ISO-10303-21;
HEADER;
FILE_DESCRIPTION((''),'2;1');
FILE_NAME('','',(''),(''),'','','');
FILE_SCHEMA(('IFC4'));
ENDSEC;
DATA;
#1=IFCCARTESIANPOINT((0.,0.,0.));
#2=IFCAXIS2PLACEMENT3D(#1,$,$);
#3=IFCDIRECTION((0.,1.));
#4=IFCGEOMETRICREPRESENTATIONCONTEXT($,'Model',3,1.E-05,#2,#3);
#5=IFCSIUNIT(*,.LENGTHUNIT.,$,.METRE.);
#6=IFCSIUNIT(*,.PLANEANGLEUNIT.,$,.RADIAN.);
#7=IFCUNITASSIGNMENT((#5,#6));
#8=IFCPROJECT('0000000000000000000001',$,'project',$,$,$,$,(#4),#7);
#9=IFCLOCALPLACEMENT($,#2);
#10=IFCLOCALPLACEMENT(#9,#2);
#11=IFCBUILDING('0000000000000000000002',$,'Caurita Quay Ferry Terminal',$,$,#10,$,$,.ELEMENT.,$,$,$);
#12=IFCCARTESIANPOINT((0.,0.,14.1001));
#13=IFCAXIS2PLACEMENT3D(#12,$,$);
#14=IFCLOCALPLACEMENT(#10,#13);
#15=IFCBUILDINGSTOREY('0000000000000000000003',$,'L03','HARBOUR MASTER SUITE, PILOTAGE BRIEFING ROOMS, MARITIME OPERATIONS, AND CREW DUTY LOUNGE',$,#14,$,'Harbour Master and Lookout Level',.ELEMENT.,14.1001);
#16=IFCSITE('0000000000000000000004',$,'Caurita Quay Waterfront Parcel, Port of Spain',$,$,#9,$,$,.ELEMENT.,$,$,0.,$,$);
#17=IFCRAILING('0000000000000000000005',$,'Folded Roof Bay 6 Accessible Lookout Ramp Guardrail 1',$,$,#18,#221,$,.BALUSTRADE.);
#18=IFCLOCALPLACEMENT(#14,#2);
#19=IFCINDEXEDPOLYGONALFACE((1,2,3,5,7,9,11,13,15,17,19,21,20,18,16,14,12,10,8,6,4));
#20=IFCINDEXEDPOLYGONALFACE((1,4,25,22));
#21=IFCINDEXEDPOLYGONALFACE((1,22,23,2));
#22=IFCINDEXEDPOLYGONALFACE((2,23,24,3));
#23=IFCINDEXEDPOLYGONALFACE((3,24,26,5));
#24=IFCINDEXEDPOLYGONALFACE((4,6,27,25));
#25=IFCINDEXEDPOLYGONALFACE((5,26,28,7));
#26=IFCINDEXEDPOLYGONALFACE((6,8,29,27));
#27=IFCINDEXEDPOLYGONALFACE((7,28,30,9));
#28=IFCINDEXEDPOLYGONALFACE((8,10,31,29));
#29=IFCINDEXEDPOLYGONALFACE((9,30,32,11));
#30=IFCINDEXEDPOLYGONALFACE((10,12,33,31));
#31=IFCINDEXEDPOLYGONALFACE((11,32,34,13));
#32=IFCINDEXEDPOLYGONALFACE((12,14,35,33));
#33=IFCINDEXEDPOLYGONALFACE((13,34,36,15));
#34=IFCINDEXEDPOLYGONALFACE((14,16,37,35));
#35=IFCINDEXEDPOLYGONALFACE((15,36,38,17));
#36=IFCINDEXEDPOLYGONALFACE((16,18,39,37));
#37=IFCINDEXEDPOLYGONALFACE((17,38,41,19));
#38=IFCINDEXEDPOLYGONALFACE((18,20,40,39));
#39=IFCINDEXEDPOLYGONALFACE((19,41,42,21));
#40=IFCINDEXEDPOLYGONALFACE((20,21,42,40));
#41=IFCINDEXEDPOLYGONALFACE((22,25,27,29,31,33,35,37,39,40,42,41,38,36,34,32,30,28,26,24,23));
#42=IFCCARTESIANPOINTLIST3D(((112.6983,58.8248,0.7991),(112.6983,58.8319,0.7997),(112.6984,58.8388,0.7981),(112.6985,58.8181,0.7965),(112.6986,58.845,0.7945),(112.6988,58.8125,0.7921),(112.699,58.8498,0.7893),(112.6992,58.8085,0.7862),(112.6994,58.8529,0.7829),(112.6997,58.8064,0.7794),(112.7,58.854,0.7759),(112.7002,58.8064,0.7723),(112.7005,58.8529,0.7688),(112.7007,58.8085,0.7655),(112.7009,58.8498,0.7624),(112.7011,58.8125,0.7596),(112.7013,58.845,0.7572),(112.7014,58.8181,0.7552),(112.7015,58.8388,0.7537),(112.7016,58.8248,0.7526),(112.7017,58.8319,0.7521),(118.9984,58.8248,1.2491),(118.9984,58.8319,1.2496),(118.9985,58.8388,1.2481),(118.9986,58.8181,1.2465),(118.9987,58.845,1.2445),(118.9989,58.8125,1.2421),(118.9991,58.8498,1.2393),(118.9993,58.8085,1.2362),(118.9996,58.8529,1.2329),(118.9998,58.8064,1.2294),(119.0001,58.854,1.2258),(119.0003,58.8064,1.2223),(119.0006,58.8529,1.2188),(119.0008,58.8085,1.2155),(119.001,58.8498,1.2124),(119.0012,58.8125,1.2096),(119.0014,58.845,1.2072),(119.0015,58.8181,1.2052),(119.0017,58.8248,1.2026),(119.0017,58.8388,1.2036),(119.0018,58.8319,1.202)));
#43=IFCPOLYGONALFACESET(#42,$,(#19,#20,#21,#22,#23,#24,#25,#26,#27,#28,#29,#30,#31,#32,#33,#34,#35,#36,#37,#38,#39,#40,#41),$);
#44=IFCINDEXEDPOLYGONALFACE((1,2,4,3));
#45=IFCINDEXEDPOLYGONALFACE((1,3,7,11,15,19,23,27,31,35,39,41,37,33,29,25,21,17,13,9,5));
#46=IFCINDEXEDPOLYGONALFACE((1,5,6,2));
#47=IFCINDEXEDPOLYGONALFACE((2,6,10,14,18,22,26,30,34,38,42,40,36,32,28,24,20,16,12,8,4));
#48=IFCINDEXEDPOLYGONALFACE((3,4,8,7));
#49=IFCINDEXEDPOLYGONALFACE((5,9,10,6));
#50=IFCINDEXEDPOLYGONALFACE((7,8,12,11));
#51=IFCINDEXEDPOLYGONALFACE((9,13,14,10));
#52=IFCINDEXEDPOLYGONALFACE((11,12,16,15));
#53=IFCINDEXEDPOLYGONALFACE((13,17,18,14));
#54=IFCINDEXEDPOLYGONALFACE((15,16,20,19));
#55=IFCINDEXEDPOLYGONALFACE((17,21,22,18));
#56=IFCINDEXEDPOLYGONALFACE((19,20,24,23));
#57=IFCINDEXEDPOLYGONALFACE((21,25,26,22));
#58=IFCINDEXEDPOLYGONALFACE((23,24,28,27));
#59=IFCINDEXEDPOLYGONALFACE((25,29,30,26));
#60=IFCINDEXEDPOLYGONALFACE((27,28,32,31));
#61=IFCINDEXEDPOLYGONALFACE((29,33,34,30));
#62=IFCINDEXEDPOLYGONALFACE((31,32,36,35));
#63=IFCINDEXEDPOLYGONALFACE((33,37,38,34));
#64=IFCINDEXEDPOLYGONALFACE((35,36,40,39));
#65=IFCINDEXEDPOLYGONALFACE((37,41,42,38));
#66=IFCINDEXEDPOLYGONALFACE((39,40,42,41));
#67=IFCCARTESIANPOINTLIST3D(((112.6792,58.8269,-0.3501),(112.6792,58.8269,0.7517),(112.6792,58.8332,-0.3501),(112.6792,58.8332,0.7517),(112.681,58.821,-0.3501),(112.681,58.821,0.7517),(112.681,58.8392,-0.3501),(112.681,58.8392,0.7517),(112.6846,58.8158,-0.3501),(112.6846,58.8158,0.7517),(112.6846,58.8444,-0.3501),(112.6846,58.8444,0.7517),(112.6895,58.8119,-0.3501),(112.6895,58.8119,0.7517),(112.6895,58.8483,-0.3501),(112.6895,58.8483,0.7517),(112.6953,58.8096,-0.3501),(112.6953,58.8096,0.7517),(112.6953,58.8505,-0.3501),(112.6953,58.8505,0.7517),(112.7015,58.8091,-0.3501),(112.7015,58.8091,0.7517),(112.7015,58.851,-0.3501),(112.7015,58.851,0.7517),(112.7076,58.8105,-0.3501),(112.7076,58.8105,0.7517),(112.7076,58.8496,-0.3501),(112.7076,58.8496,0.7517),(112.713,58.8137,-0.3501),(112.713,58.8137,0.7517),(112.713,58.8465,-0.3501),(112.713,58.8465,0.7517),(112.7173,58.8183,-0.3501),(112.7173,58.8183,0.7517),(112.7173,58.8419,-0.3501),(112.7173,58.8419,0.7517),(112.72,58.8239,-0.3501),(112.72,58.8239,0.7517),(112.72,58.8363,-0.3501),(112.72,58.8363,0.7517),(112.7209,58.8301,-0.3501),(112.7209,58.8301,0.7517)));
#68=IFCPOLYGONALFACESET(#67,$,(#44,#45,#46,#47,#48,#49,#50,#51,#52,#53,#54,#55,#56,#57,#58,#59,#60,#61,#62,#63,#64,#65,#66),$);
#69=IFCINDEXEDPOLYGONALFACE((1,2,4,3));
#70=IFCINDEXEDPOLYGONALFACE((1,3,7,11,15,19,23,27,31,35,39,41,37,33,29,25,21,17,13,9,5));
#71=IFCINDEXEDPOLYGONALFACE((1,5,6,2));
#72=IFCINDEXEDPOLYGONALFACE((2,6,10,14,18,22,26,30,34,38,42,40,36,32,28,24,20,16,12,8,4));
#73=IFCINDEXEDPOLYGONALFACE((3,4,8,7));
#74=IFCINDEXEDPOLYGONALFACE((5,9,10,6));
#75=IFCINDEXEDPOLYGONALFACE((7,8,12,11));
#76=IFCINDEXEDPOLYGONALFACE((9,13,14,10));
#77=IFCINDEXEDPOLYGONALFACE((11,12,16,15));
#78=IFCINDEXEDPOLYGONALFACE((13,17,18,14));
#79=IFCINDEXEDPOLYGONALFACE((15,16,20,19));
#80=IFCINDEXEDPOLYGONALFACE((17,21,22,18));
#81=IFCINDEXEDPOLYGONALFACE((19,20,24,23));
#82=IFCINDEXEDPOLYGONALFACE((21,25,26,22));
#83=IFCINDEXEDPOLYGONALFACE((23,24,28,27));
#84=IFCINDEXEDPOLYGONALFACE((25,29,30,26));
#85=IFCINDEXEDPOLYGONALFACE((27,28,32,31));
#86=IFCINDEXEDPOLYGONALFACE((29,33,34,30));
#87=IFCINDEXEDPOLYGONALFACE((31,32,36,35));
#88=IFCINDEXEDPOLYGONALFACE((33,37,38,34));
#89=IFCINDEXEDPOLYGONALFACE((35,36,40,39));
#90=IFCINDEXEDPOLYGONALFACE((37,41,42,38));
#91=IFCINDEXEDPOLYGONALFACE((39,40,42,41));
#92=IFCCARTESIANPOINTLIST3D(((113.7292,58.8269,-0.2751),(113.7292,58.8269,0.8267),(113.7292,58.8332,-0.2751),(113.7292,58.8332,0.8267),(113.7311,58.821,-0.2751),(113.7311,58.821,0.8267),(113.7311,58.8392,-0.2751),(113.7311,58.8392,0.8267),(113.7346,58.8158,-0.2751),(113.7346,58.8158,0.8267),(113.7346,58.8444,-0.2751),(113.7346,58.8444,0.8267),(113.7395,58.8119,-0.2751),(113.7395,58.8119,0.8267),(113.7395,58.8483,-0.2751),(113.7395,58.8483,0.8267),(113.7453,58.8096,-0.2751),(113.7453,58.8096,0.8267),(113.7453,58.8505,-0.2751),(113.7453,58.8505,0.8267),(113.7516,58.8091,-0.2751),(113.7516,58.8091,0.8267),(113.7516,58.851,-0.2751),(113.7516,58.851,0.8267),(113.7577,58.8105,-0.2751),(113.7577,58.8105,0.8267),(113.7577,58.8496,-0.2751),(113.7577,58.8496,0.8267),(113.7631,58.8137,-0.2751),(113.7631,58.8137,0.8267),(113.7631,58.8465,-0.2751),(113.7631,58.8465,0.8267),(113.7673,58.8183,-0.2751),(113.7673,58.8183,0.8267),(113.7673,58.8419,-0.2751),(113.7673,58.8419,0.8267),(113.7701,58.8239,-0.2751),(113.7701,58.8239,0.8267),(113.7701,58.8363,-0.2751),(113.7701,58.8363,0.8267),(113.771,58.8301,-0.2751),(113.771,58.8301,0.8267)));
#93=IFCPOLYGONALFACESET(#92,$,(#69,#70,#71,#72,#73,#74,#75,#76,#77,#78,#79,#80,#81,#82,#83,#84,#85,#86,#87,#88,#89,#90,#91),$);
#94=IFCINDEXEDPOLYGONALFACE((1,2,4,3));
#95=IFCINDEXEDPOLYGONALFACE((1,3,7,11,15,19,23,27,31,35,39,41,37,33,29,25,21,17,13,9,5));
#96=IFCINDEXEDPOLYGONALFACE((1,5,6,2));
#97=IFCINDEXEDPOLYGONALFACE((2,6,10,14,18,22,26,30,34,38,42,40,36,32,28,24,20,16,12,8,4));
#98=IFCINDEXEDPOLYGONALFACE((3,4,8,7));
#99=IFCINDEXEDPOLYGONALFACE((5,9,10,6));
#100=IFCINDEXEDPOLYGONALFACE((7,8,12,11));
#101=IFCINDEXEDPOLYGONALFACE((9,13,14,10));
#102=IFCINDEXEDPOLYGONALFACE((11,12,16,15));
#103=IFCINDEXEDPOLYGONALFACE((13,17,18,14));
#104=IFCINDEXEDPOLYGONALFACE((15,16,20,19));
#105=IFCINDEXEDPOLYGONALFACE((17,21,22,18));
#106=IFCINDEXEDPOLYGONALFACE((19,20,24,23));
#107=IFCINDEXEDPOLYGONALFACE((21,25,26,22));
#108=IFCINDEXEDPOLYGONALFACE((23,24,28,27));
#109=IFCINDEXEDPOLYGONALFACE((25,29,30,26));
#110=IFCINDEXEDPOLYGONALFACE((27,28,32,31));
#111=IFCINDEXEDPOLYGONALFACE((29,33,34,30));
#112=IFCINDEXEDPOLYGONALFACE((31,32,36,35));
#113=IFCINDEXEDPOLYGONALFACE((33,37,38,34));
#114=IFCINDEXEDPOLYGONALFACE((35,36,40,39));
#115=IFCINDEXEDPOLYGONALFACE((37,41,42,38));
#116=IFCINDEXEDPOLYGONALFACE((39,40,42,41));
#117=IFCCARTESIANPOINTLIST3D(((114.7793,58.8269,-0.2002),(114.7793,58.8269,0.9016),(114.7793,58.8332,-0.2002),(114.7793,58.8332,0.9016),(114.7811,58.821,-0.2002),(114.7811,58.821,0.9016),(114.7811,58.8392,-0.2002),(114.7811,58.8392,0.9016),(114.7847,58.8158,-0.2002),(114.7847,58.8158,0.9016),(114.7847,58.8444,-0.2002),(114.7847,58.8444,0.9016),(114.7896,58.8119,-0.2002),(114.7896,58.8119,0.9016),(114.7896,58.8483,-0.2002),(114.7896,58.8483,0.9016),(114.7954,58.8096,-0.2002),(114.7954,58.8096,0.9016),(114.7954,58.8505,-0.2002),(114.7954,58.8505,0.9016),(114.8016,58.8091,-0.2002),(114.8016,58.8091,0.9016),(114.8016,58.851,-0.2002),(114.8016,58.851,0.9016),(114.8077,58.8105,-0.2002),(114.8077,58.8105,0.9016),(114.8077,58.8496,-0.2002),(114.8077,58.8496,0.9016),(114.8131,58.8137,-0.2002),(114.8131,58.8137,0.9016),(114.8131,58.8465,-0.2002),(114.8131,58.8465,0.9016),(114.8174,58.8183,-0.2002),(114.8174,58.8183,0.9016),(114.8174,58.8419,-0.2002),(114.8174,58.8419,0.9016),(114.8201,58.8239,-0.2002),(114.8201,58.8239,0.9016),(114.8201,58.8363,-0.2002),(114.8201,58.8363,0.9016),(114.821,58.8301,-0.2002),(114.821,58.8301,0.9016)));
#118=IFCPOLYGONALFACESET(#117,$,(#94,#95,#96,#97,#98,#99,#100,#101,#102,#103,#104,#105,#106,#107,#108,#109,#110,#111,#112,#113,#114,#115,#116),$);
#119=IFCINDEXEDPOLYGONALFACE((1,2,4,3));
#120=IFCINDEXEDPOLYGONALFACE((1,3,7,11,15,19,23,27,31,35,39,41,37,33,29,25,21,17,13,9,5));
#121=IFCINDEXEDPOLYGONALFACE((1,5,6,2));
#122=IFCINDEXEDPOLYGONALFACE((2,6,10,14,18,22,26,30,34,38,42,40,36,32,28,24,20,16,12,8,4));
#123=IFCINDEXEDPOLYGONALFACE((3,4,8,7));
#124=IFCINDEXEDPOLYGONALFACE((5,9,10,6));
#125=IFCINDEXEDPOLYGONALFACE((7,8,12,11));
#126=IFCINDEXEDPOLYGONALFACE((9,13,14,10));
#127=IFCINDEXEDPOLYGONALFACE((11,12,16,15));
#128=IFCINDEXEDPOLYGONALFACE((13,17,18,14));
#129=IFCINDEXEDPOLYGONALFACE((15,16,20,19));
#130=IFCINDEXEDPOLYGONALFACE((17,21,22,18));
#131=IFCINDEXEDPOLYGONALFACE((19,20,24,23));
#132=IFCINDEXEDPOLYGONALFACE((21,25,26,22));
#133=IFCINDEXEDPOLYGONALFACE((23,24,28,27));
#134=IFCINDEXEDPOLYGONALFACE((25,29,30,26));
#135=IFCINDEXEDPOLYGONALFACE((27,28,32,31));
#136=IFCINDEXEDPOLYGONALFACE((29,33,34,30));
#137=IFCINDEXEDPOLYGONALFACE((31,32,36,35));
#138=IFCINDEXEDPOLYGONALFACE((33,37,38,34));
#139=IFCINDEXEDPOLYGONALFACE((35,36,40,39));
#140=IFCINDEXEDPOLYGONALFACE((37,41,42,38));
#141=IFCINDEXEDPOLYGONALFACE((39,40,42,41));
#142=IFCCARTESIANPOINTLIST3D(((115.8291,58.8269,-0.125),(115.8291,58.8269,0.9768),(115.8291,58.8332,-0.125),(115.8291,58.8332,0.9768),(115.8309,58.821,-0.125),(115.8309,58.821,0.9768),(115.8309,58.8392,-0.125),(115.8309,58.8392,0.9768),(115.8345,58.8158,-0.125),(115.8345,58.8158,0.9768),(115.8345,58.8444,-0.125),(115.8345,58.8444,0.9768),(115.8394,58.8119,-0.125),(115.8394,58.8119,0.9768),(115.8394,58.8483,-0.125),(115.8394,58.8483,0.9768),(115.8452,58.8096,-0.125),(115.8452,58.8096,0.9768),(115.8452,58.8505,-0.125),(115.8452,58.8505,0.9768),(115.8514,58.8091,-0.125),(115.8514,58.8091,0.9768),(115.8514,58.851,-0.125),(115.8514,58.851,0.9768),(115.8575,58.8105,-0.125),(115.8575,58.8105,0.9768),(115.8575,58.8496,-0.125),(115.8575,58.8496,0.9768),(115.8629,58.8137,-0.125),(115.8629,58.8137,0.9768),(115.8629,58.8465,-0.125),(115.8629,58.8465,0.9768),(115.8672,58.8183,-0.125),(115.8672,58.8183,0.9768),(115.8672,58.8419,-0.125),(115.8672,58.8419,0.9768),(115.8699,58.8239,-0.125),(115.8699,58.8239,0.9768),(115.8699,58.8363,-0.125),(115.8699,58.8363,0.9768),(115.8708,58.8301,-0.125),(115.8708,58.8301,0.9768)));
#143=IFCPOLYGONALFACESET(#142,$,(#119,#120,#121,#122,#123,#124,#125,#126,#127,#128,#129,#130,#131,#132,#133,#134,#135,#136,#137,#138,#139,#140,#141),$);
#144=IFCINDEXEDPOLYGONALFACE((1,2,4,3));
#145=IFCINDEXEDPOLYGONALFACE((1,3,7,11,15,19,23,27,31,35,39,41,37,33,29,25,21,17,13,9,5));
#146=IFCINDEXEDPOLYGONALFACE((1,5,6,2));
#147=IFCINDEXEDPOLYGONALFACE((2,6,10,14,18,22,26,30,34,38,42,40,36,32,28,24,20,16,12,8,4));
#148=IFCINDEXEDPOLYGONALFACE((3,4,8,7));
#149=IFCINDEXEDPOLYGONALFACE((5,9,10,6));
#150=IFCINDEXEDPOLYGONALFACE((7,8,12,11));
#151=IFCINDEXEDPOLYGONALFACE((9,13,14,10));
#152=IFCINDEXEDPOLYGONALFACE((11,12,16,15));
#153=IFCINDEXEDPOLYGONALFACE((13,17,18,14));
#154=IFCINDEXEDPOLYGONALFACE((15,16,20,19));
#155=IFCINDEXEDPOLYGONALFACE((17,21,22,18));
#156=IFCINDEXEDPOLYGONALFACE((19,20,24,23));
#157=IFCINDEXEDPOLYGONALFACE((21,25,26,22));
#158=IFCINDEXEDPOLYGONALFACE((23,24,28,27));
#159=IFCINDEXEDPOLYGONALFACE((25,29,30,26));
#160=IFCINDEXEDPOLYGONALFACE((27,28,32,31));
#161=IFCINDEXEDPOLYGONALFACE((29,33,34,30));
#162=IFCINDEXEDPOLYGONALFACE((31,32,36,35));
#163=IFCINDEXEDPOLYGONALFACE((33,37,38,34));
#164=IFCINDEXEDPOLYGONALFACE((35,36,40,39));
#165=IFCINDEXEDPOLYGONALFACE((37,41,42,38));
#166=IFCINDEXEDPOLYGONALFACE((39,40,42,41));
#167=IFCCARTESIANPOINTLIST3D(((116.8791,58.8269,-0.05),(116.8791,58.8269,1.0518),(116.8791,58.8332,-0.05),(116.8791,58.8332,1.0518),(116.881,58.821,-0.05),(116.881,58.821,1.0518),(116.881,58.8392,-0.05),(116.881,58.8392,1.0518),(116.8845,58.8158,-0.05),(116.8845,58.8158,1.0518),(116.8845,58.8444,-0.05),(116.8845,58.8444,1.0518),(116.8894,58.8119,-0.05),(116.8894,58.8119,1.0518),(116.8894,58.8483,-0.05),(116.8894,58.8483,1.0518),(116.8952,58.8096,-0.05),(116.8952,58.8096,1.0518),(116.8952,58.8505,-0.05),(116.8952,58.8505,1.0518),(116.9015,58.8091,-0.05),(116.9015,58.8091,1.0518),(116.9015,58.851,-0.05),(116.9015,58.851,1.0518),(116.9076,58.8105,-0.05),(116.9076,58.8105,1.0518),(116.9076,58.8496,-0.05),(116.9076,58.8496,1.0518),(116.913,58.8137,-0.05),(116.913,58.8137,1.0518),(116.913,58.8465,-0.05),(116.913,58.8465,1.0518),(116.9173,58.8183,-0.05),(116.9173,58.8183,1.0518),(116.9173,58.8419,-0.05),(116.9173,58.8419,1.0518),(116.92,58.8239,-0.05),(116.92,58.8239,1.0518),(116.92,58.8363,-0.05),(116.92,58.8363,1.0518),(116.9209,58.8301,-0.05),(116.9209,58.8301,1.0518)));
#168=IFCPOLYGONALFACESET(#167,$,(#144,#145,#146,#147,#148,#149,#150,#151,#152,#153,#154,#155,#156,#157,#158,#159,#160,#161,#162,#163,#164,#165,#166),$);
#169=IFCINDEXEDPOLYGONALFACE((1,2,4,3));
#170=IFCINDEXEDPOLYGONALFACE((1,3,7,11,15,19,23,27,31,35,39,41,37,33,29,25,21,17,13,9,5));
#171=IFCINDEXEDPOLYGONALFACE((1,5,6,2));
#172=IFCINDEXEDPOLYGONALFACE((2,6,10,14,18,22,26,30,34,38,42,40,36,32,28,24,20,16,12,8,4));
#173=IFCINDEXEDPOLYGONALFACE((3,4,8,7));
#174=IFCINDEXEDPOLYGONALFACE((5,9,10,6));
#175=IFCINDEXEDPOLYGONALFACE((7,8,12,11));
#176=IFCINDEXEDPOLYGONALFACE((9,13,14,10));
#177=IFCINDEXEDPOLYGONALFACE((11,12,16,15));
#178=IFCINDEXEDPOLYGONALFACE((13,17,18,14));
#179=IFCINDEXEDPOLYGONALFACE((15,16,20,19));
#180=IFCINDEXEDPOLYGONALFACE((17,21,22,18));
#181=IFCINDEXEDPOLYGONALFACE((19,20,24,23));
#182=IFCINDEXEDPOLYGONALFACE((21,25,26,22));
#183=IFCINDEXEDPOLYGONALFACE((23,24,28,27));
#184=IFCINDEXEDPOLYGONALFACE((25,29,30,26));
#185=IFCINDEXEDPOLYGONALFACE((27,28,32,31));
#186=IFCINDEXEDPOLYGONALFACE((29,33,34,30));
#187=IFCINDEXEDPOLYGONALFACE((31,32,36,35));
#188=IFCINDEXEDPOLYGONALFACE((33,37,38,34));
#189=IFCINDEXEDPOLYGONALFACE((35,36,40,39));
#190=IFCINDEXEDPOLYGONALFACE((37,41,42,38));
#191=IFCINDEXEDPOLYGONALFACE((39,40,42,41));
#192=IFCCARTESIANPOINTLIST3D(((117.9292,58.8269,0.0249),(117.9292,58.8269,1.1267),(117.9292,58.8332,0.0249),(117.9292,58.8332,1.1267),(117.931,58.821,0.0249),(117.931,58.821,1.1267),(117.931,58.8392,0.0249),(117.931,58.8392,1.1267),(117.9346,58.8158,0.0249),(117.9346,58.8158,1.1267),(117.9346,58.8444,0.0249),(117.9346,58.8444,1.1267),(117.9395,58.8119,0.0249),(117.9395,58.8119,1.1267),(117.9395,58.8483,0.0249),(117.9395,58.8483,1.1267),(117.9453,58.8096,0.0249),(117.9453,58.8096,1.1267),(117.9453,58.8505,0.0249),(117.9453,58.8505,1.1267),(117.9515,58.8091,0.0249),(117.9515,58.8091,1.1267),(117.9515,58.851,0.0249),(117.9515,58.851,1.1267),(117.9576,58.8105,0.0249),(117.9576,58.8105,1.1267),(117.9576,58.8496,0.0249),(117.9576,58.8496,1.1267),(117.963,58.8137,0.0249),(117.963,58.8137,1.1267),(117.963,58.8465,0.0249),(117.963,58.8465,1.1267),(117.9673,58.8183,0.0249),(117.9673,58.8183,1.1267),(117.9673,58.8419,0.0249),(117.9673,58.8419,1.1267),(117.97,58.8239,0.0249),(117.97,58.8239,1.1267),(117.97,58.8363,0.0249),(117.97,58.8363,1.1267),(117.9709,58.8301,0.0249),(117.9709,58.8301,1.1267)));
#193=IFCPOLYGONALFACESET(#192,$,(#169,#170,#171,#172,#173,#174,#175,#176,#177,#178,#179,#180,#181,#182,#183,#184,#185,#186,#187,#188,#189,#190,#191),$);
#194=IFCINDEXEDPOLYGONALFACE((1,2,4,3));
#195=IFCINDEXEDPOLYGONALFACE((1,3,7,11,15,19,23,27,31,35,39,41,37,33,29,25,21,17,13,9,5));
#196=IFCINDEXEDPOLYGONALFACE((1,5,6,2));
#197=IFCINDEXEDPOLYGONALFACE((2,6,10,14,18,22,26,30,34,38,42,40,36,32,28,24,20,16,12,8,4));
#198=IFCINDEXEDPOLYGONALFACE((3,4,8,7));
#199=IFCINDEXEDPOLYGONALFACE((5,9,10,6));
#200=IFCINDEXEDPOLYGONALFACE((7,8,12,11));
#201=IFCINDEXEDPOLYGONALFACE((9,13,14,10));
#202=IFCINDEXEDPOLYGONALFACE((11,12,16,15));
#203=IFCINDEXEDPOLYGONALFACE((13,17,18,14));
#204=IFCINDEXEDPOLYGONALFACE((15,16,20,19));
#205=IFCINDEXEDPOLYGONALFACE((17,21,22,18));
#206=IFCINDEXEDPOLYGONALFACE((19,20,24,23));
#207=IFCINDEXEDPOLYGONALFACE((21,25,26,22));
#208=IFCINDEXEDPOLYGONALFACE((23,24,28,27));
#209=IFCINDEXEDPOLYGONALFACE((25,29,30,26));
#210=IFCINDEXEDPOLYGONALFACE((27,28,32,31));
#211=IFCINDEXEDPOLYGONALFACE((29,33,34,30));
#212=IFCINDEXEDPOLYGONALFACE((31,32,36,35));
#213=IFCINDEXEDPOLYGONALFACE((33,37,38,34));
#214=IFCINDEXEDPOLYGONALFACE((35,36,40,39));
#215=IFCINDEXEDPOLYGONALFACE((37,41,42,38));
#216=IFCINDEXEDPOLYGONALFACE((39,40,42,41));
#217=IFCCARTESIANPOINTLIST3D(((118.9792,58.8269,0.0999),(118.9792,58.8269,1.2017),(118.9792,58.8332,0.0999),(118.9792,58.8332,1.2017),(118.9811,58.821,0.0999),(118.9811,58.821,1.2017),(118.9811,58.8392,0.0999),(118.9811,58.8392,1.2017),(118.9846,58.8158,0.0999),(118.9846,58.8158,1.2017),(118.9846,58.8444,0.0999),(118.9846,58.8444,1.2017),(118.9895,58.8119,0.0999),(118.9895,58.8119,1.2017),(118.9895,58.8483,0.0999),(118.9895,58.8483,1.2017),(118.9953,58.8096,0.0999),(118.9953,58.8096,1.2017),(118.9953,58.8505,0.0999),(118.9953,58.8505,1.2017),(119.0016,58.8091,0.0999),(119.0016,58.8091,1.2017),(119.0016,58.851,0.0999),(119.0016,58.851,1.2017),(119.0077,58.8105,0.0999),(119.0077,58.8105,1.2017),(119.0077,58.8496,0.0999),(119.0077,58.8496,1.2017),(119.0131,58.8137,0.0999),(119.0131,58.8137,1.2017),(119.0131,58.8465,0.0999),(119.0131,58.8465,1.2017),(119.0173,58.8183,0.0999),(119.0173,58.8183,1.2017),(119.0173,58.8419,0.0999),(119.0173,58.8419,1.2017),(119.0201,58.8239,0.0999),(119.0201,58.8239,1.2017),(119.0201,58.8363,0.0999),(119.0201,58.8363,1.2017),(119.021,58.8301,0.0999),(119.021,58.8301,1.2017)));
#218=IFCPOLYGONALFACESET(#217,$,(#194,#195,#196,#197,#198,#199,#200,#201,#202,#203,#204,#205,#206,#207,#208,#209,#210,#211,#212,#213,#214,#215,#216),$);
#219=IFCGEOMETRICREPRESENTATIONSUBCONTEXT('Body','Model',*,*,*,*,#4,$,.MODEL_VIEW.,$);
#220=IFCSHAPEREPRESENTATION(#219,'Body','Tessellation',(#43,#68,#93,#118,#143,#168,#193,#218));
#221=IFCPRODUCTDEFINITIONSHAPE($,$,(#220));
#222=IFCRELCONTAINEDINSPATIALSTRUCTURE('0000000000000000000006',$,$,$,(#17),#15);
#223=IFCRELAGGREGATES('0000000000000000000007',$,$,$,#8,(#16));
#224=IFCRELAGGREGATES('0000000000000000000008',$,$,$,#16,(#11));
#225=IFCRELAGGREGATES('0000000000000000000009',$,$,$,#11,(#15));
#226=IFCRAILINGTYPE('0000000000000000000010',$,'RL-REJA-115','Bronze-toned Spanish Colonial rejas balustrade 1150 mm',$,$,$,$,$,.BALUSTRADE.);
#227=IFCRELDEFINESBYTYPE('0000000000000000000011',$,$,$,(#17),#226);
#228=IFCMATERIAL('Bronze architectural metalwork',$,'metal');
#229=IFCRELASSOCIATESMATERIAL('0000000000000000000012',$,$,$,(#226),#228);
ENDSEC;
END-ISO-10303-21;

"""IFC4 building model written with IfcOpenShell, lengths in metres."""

from ifc_helpers import new_model, si_unit, direction, frame, origin, origin_2d, place, context, subcontext, project, spatial, circle, extrude, material, type_object, element, save


model = new_model("IFC4")

# Units and contexts
model_context = context("Model", 3, precision=1e-05, world=origin(), true_north=direction((0.0, 1.0)))
body_context = subcontext(model_context, "Body", "Model", "MODEL_VIEW")
ifc_project = project(units=[si_unit("LENGTHUNIT", "METRE"), si_unit("PLANEANGLEUNIT", "RADIAN")], contexts=[model_context])

# Site, building, storey
site_placement = place(None, origin())
site = spatial("IfcSite", under=ifc_project, at=site_placement, Name="Caurita Quay Waterfront Parcel, Port of Spain", CompositionType="ELEMENT", RefElevation=0.0)
building_placement = place(site_placement, origin())
building = spatial("IfcBuilding", under=site, at=building_placement, Name="Caurita Quay Ferry Terminal", CompositionType="ELEMENT")
storey_placement = place(building_placement, frame((0.0, 0.0, 14.1001)))
storey = spatial("IfcBuildingStorey", under=building, at=storey_placement, Name="L03", Description="HARBOUR MASTER SUITE, PILOTAGE BRIEFING ROOMS, MARITIME OPERATIONS, AND CREW DUTY LOUNGE", LongName="Harbour Master and Lookout Level", CompositionType="ELEMENT", Elevation=14.1001)

# Railing
ifc_material_1 = material(Name="Bronze architectural metalwork", Category="metal")
railing_type_1 = type_object("IfcRailingType", Name="RL-REJA-115", Description="Bronze-toned Spanish Colonial rejas balustrade 1150 mm", PredefinedType="BALUSTRADE", material=ifc_material_1)
railing_1_placement = place(storey_placement, frame((112.7, 58.8301, -0.3501)))
element("IfcRailing", 1, at=railing_1_placement, inside=storey, type_object=railing_type_1, Name="Folded Roof Bay 6 Accessible Lookout Ramp Guardrail 1", PredefinedType="BALUSTRADE", context=body_context, shape_type="SweptSolid", body=[
    extrude(circle(Radius=0.0239, at=origin_2d()), frame((0.0, 0.0, 1.126), z_axis=(0.997459, 0.0, 0.071239), x_axis=(0.0, 1.0, 0.0)), (0.0, 0.0, 1.0), 6.3162),
    extrude(circle(Radius=0.021, at=origin_2d()), origin(), (0.0, 0.0, 1.0), 1.1018),
    extrude(circle(Radius=0.021, at=origin_2d()), frame((1.05, 0.0, 0.075)), (0.0, 0.0, 1.0), 1.1018),
    extrude(circle(Radius=0.021, at=origin_2d()), frame((2.1001, 0.0, 0.1499)), (0.0, 0.0, 1.0), 1.1018),
    extrude(circle(Radius=0.021, at=origin_2d()), frame((3.1499, 0.0, 0.2251)), (0.0, 0.0, 1.0), 1.1018),
    extrude(circle(Radius=0.021, at=origin_2d()), frame((4.2, 0.0, 0.3)), (0.0, 0.0, 1.0), 1.1018),
    extrude(circle(Radius=0.021, at=origin_2d()), frame((5.25, 0.0, 0.375)), (0.0, 0.0, 1.0), 1.1018),
    extrude(circle(Radius=0.021, at=origin_2d()), frame((6.3, 0.0, 0.45)), (0.0, 0.0, 1.0), 1.1018),
])

save(model, "model.ifc")
